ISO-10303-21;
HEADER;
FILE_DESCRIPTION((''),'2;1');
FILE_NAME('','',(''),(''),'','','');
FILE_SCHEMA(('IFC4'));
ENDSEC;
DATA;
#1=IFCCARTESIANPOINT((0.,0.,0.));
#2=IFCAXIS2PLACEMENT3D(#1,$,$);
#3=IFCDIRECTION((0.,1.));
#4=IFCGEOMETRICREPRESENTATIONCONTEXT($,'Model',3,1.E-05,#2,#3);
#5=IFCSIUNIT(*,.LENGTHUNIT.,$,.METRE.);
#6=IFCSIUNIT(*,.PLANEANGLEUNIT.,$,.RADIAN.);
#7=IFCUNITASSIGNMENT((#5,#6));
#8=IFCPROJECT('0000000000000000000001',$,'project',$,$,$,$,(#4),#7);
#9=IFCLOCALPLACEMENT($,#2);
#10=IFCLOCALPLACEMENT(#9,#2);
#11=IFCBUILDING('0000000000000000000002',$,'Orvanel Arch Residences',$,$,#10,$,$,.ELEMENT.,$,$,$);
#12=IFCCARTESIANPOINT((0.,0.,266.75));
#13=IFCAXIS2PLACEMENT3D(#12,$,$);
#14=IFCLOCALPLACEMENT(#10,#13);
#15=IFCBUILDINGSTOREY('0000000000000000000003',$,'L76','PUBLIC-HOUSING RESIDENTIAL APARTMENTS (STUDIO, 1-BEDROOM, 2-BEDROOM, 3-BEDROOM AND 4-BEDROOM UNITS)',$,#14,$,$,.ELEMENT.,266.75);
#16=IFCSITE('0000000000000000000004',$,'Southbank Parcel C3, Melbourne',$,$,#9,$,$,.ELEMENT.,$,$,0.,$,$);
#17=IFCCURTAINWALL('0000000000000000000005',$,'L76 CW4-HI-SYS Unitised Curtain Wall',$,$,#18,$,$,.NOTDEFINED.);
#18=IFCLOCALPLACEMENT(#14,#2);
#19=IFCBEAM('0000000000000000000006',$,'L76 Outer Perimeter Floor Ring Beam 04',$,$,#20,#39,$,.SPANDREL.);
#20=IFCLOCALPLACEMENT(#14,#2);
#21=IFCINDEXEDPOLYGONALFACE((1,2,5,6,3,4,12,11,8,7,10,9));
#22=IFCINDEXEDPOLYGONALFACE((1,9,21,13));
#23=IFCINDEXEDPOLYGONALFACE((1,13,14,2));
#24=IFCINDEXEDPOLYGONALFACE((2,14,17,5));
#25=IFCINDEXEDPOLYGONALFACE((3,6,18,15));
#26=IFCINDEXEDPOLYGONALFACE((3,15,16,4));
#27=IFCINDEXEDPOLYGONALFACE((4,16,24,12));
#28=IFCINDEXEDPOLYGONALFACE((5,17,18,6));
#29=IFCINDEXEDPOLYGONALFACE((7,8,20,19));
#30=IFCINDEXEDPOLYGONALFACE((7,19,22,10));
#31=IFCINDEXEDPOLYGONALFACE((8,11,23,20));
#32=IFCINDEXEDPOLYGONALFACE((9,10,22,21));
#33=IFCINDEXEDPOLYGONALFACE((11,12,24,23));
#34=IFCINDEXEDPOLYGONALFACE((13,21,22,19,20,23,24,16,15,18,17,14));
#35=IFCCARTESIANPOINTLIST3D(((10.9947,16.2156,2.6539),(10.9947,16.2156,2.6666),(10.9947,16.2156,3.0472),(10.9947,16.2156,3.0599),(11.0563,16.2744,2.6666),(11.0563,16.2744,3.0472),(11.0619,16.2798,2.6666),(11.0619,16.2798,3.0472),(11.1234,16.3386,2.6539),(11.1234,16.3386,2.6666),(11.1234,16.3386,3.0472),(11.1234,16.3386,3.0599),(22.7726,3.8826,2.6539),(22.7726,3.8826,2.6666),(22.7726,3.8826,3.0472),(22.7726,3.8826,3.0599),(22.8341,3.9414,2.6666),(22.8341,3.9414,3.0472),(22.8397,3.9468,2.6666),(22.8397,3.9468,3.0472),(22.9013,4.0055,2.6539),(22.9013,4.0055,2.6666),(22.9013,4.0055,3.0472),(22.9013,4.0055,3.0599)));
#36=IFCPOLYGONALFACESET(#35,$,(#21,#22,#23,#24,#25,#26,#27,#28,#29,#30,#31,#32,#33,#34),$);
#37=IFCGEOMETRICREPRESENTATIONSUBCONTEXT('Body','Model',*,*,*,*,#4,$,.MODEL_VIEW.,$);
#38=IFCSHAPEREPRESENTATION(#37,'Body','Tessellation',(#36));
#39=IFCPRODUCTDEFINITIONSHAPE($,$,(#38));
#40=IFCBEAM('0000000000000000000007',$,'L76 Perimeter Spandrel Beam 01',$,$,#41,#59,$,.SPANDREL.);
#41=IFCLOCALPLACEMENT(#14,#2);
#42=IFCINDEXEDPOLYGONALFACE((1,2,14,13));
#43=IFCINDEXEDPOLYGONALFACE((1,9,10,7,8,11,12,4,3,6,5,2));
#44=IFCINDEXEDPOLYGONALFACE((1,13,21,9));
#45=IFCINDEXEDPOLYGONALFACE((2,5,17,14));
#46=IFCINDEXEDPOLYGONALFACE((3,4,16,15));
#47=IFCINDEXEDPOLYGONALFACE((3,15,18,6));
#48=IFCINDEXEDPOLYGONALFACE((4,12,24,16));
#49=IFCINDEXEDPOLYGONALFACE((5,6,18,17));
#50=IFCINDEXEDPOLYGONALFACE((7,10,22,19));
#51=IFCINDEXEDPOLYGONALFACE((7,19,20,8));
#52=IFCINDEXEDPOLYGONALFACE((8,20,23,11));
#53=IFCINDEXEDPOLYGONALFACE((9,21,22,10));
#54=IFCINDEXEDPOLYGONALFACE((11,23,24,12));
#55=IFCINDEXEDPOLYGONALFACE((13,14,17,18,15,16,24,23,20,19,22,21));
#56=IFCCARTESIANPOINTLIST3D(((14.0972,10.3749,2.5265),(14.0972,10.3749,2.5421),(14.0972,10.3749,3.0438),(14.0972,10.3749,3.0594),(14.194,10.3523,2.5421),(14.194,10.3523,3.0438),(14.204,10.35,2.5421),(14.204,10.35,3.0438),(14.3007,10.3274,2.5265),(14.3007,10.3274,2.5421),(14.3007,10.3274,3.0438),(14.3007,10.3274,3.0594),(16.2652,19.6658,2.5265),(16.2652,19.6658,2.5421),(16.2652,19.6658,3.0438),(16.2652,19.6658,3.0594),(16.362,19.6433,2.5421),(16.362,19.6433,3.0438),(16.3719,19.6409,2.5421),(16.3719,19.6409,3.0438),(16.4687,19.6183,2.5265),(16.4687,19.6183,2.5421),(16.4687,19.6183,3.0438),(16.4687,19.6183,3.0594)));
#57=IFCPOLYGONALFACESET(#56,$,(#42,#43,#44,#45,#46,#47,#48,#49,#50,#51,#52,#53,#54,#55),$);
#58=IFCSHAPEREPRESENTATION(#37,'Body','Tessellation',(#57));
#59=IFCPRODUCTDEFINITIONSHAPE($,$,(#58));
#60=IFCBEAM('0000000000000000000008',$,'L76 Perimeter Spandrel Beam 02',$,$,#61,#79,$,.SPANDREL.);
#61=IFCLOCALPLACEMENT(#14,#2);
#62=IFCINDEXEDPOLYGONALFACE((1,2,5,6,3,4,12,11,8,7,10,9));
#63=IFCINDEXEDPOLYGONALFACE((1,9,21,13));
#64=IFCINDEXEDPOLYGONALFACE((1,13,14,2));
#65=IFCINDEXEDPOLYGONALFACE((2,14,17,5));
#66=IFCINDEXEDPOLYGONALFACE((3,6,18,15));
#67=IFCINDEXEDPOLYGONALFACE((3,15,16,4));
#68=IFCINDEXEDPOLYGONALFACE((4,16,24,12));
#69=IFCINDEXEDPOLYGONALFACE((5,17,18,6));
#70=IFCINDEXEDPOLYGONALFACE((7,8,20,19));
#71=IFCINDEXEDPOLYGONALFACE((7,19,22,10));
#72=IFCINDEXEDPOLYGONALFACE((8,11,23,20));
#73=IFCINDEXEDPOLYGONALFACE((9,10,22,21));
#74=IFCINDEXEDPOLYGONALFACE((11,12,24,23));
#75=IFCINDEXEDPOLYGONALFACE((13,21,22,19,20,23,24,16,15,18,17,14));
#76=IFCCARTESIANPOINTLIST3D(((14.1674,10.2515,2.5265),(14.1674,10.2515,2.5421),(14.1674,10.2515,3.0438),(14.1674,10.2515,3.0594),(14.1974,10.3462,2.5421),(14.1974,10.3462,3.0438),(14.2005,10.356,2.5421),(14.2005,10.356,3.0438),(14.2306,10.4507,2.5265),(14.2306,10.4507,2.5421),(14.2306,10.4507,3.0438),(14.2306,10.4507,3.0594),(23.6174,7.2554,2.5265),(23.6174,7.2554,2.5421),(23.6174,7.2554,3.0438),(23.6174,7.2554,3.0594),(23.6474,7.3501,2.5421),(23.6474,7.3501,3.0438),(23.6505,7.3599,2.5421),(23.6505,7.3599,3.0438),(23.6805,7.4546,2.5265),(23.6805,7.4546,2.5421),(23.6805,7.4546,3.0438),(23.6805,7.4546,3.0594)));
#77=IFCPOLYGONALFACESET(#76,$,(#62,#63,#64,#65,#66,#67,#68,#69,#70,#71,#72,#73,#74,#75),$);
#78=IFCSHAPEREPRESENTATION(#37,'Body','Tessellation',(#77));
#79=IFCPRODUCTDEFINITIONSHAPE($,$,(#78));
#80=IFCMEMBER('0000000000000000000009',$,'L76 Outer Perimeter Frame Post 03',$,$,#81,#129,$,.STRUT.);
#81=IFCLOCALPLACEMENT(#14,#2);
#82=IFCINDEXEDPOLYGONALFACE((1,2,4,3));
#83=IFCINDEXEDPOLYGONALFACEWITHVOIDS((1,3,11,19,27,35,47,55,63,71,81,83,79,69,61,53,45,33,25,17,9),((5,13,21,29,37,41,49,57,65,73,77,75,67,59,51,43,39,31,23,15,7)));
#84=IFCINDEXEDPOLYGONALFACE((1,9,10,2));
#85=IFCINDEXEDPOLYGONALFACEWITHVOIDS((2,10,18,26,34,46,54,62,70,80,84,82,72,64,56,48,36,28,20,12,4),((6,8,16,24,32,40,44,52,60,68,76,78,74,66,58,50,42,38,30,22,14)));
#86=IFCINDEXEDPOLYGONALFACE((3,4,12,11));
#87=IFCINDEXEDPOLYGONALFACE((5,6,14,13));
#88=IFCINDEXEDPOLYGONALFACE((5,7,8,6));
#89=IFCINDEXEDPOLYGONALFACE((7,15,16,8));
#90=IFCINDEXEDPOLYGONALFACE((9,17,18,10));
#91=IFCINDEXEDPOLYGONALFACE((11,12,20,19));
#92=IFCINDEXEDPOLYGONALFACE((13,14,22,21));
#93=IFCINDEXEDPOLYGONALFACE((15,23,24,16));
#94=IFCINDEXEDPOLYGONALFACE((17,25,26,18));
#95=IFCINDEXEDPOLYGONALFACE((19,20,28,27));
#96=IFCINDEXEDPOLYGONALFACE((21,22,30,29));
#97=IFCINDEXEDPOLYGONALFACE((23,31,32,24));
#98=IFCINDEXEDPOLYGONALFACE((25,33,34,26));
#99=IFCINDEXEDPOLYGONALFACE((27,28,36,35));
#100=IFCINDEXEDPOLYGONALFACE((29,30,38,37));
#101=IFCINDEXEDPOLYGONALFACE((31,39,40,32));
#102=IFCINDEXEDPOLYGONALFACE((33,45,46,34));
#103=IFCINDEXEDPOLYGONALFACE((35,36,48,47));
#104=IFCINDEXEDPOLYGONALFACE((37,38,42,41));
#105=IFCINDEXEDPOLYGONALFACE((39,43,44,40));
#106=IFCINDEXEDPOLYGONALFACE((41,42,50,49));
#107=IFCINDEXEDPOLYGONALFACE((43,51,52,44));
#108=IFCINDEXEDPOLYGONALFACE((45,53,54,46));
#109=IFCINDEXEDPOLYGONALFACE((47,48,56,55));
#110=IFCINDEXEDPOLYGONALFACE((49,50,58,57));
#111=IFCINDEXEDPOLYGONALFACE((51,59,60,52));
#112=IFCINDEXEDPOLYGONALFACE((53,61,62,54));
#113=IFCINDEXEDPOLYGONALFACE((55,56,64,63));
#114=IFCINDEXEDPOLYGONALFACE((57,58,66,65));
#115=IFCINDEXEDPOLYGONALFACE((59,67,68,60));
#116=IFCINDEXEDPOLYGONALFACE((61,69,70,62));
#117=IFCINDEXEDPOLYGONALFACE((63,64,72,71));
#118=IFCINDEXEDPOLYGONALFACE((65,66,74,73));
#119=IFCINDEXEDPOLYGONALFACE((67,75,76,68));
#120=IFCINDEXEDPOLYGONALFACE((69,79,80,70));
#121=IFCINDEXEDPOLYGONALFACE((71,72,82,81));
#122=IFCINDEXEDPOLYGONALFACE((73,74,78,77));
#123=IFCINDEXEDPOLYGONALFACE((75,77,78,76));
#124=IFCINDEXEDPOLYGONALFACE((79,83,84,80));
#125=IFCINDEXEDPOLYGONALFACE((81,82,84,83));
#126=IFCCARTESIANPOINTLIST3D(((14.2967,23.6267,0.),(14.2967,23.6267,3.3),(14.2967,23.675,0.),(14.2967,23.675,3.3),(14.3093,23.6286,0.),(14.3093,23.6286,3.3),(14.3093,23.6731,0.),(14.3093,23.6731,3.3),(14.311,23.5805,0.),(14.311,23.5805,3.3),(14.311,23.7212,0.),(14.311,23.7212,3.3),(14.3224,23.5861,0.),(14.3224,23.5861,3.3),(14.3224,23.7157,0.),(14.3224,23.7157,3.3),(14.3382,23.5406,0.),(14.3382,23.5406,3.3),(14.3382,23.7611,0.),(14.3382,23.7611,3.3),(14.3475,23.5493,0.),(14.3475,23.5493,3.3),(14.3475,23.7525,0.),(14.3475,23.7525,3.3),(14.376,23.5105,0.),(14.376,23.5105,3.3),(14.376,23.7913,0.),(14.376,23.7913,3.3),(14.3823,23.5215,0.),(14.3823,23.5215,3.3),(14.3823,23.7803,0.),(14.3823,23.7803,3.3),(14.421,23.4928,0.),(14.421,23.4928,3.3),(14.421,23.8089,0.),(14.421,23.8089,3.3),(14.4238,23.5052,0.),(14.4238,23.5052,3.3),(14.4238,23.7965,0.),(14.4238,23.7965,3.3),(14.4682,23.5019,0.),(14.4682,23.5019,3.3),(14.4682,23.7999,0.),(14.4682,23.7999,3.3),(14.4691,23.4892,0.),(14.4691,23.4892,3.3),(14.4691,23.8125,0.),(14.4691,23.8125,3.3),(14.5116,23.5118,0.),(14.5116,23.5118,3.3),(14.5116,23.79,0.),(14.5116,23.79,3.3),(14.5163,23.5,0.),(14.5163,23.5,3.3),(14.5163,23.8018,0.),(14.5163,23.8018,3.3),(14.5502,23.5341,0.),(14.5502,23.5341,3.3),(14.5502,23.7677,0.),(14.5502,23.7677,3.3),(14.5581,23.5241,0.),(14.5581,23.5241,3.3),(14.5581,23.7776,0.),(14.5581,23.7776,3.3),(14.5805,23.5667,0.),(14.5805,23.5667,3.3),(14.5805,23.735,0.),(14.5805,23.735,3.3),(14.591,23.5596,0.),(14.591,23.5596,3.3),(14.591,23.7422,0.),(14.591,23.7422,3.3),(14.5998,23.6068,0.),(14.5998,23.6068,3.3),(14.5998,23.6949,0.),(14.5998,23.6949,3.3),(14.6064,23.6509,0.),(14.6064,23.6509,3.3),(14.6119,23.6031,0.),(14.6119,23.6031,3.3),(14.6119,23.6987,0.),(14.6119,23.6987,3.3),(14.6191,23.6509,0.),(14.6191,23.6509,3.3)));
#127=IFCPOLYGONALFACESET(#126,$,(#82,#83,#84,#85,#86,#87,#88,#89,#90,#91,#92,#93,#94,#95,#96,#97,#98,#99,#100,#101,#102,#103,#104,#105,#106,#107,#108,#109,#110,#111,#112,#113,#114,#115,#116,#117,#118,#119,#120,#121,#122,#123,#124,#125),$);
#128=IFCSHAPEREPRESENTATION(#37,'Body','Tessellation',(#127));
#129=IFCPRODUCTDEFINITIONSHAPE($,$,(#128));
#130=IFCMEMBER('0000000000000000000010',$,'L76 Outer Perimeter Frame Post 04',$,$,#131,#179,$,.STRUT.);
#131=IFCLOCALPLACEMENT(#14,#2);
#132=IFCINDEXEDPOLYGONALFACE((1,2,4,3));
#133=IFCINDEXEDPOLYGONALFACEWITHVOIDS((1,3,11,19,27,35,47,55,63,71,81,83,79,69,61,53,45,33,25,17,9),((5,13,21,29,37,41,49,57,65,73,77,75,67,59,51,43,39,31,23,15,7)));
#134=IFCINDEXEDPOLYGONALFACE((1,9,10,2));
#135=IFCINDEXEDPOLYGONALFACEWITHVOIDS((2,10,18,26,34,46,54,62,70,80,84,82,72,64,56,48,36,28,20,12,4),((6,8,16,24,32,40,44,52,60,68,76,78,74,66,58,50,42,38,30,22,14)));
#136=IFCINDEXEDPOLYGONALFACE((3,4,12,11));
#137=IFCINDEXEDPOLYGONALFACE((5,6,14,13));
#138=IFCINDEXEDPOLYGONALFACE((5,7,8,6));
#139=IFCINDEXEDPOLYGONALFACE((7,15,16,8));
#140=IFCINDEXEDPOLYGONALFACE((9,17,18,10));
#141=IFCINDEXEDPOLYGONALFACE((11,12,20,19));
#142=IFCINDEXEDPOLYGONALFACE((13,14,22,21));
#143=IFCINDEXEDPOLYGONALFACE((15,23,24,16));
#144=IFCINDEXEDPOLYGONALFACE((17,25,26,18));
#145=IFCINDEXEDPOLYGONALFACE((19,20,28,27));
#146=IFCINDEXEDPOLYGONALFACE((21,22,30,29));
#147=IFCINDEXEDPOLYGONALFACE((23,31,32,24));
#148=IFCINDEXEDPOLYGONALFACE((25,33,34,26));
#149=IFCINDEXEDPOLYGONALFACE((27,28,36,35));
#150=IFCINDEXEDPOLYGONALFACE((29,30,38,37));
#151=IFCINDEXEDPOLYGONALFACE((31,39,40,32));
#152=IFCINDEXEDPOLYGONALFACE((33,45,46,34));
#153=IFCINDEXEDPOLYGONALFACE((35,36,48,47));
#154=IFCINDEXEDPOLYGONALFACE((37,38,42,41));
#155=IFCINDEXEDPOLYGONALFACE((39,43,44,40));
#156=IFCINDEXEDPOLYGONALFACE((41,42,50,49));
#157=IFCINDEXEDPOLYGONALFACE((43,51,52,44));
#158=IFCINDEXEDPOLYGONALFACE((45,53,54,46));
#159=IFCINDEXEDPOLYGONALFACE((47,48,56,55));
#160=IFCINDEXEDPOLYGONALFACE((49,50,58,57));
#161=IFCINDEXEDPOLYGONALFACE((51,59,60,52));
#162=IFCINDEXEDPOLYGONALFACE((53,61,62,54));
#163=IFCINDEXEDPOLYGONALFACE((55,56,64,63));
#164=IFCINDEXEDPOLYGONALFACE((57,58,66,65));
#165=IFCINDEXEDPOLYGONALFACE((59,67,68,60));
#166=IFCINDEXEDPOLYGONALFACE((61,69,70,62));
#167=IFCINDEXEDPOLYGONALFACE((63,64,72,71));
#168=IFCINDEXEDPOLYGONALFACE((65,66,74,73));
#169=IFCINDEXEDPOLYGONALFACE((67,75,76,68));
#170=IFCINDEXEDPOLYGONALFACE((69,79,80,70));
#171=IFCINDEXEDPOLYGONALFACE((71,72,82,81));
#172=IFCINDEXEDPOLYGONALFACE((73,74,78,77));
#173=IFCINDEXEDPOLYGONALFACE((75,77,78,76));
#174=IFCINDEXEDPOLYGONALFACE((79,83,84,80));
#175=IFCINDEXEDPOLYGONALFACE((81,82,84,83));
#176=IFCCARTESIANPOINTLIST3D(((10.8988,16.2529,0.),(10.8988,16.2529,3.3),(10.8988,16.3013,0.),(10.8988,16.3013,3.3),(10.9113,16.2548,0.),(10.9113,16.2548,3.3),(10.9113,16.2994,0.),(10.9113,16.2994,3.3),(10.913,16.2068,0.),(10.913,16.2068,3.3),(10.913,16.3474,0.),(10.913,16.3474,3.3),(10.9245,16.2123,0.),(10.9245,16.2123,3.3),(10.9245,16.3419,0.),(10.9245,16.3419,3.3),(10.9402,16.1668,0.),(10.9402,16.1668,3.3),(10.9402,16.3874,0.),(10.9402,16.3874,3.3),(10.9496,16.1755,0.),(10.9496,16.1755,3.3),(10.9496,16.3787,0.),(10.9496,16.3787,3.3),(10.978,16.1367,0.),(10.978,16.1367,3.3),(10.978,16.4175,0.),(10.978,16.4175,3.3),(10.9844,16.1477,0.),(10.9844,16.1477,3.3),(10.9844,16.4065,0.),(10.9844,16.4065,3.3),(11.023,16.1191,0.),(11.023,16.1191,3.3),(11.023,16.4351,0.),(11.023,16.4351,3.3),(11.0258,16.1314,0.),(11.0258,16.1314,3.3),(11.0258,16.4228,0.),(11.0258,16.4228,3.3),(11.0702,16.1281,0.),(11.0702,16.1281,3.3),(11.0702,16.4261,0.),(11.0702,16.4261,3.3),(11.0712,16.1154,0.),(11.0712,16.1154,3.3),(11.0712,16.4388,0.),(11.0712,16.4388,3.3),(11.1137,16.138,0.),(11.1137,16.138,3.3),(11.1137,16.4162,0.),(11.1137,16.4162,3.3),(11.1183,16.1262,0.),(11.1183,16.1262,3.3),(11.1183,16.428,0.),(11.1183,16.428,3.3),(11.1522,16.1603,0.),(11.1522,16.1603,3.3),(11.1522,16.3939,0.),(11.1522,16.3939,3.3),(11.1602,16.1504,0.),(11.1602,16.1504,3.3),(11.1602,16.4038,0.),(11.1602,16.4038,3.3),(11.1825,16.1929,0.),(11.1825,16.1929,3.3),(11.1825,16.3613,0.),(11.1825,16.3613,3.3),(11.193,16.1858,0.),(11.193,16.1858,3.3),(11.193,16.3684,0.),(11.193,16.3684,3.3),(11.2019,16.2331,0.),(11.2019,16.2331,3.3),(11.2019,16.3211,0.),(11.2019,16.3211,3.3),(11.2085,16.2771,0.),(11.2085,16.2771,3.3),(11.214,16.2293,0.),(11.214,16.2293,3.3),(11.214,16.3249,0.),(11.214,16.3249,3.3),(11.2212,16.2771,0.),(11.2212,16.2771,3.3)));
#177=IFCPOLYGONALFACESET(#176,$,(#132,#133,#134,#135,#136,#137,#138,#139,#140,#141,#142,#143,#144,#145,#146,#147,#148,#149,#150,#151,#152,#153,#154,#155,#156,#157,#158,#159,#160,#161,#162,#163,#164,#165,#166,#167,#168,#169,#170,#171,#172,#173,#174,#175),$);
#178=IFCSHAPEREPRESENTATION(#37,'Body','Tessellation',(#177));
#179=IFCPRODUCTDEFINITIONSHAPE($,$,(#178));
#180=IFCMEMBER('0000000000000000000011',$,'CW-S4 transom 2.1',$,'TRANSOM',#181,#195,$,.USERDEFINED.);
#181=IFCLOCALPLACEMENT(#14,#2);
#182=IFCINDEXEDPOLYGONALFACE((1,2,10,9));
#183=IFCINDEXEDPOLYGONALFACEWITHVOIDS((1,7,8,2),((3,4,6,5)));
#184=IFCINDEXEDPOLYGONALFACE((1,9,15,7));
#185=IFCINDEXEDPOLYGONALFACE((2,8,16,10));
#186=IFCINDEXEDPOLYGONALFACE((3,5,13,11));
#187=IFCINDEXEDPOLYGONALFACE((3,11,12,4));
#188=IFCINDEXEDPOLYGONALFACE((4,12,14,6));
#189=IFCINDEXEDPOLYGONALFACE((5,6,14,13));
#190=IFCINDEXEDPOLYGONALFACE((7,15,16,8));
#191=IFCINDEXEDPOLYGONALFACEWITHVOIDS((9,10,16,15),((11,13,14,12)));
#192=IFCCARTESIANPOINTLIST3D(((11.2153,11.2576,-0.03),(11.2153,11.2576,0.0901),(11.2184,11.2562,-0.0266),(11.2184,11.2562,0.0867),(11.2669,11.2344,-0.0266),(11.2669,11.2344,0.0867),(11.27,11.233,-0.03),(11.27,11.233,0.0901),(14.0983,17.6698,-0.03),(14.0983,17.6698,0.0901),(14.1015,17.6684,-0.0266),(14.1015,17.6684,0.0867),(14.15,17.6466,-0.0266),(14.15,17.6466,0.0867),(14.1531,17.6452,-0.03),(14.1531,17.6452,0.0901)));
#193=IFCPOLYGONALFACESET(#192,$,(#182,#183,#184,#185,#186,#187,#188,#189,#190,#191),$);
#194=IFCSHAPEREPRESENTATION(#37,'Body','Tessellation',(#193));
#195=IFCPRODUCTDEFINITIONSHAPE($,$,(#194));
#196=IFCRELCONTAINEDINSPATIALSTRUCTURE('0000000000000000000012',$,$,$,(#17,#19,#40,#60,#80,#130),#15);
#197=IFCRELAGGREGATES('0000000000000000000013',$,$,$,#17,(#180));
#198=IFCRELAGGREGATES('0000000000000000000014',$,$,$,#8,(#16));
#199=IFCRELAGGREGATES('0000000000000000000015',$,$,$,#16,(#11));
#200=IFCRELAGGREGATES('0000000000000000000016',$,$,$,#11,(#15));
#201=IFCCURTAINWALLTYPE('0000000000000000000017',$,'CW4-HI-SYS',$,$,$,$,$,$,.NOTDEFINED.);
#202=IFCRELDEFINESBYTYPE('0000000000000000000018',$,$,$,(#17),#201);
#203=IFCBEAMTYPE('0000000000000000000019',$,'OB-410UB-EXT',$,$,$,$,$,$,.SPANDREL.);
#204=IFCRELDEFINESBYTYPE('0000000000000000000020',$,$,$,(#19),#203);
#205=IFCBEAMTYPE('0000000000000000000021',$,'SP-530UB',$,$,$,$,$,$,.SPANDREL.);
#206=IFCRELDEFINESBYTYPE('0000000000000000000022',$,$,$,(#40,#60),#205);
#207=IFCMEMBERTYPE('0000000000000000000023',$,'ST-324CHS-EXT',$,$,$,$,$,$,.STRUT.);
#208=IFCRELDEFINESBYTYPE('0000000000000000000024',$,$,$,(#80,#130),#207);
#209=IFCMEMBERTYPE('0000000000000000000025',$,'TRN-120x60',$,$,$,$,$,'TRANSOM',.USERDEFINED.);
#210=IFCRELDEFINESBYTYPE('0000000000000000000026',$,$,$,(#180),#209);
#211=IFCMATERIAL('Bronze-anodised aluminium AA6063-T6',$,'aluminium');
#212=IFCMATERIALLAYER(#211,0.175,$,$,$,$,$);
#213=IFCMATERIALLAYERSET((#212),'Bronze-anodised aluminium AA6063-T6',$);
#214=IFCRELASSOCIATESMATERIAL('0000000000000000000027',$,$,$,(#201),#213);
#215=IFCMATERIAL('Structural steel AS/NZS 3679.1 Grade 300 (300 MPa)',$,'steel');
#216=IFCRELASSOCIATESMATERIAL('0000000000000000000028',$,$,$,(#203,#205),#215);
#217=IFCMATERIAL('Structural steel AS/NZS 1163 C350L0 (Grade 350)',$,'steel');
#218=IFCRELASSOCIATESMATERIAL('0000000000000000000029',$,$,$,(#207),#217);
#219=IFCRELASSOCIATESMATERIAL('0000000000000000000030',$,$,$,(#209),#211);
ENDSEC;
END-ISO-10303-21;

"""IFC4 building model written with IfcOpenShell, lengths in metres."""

from ifc_helpers import new_model, si_unit, direction, frame, origin, origin_2d, place, context, subcontext, project, spatial, hollow_rectangle, hollow_circle, i_section, extrude, material, layer, layer_set, material_profile, profile_set, type_object, element, aggregate, save


model = new_model("IFC4")

# Units and contexts
model_context = context("Model", 3, precision=1e-05, world=origin(), true_north=direction((0.0, 1.0)))
body_context = subcontext(model_context, "Body", "Model", "MODEL_VIEW")
ifc_project = project(units=[si_unit("LENGTHUNIT", "METRE"), si_unit("PLANEANGLEUNIT", "RADIAN")], contexts=[model_context])

# Site, building, storey
site_placement = place(None, origin())
site = spatial("IfcSite", under=ifc_project, at=site_placement, Name="Southbank Parcel C3, Melbourne", CompositionType="ELEMENT", RefElevation=0.0)
building_placement = place(site_placement, origin())
building = spatial("IfcBuilding", under=site, at=building_placement, Name="Orvanel Arch Residences", CompositionType="ELEMENT")
storey_placement = place(building_placement, frame((0.0, 0.0, 266.75)))
storey = spatial("IfcBuildingStorey", under=building, at=storey_placement, Name="L76", Description="PUBLIC-HOUSING RESIDENTIAL APARTMENTS (STUDIO, 1-BEDROOM, 2-BEDROOM, 3-BEDROOM AND 4-BEDROOM UNITS)", CompositionType="ELEMENT", Elevation=266.75)

# Shared definitions
ifc_material_1 = material(Name="Bronze-anodised aluminium AA6063-T6", Category="aluminium")

# Curtain wall
ifc_layer_1 = layer(ifc_material_1, 0.175)
ifc_layer_set_1 = layer_set([ifc_layer_1], Name="Bronze-anodised aluminium AA6063-T6")
curtain_wall_type_1 = type_object("IfcCurtainWallType", Name="CW4-HI-SYS", PredefinedType="NOTDEFINED", material=ifc_layer_set_1)
curtain_wall_1_placement = place(storey_placement, origin())
curtain_wall_1 = element("IfcCurtainWall", 1, at=curtain_wall_1_placement, inside=storey, type_object=curtain_wall_type_1, Name="L76 CW4-HI-SYS Unitised Curtain Wall", PredefinedType="NOTDEFINED")

# Beams
ifc_material_2 = material(Name="Structural steel AS/NZS 3679.1 Grade 300 (300 MPa)", Category="steel")
ifc_material_profile_1 = material_profile(ifc_material_2, i_section(OverallWidth=0.178, OverallDepth=0.406, WebThickness=0.0078, FlangeThickness=0.0127, at=origin_2d()), Name="410UB59.7")
ifc_profile_set_1 = profile_set([ifc_material_profile_1], Name="Structural steel AS/NZS 3679.1 Grade 300 (300 MPa)")
beam_type_1 = type_object("IfcBeamType", Name="OB-410UB-EXT", PredefinedType="SPANDREL", material=ifc_profile_set_1)
beam_1_placement = place(storey_placement, frame((11.0591, 16.2771, 2.8569), z_axis=(0.690642, -0.723197, 0.0), x_axis=(0.723197, 0.690642, 0.0)))
element("IfcBeam", 2, at=beam_1_placement, inside=storey, type_object=beam_type_1, Name="L76 Outer Perimeter Floor Ring Beam 04", PredefinedType="SPANDREL", context=body_context, shape_type="SweptSolid", body=[
    extrude(i_section(OverallWidth=0.178, OverallDepth=0.406, WebThickness=0.0078, FlangeThickness=0.0127, at=origin_2d()), origin(), (0.0, 0.0, 1.0), 17.0535),
])
ifc_material_profile_2 = material_profile(ifc_material_2, i_section(OverallWidth=0.209, OverallDepth=0.533, WebThickness=0.0103, FlangeThickness=0.0156, at=origin_2d()), Name="530UB92.4")
ifc_profile_set_2 = profile_set([ifc_material_profile_2], Name="Structural steel AS/NZS 3679.1 Grade 300 (300 MPa)")
beam_type_2 = type_object("IfcBeamType", Name="SP-530UB", PredefinedType="SPANDREL", material=ifc_profile_set_2)
beam_2_placement = place(storey_placement, frame((16.3669, 19.6421, 2.793), z_axis=(-0.227236, -0.97384, 0.0), x_axis=(0.97384, -0.227236, 0.0)))
element("IfcBeam", 3, at=beam_2_placement, inside=storey, type_object=beam_type_2, Name="L76 Perimeter Spandrel Beam 01", PredefinedType="SPANDREL", context=body_context, shape_type="SweptSolid", body=[
    extrude(i_section(OverallWidth=0.209, OverallDepth=0.533, WebThickness=0.0103, FlangeThickness=0.0156, at=origin_2d()), origin(), (0.0, 0.0, 1.0), 9.5405),
])
beam_3_placement = place(storey_placement, frame((14.199, 10.3511, 2.793), z_axis=(0.953237, -0.302223, 0.0), x_axis=(0.302223, 0.953237, 0.0)))
element("IfcBeam", 4, at=beam_3_placement, inside=storey, type_object=beam_type_2, Name="L76 Perimeter Spandrel Beam 02", PredefinedType="SPANDREL", context=body_context, shape_type="SweptSolid", body=[
    extrude(i_section(OverallWidth=0.209, OverallDepth=0.533, WebThickness=0.0103, FlangeThickness=0.0156, at=origin_2d()), origin(), (0.0, 0.0, 1.0), 9.9136),
])

# Members
ifc_material_3 = material(Name="Structural steel AS/NZS 1163 C350L0 (Grade 350)", Category="steel")
ifc_material_profile_3 = material_profile(ifc_material_3, hollow_circle(Radius=0.1621, WallThickness=0.0127, at=origin_2d()), Name="CHS324x12.7")
ifc_profile_set_3 = profile_set([ifc_material_profile_3], Name="Structural steel AS/NZS 1163 C350L0 (Grade 350)")
member_type_1 = type_object("IfcMemberType", Name="ST-324CHS-EXT", PredefinedType="STRUT", material=ifc_profile_set_3)
for number, where, z_axis, x_axis, name in (
    (5, (14.457, 23.6509, 0.0), (0.0, 0.0, 1.0), (1.0, 0.0, 0.0), "L76 Outer Perimeter Frame Post 03"),
    (6, (11.0591, 16.2771, 0.0), (0.0, 0.0, 1.0), (1.0, 0.0, 0.0), "L76 Outer Perimeter Frame Post 04"),
):
    element("IfcMember", number, at=place(storey_placement, frame(where, z_axis=z_axis, x_axis=x_axis)), inside=storey, type_object=member_type_1, Name=name, PredefinedType="STRUT", context=body_context, shape_type="SweptSolid", body=[
        extrude(hollow_circle(Radius=0.1621, WallThickness=0.0127, at=origin_2d()), origin(), (0.0, 0.0, 1.0), 3.3),
    ])

# Member
ifc_material_profile_4 = material_profile(ifc_material_1, hollow_rectangle(XDim=0.0601, YDim=0.1201, WallThickness=0.0034, at=origin_2d()), Name="ALU120x60x3.5")
ifc_profile_set_4 = profile_set([ifc_material_profile_4], Name="Bronze-anodised aluminium AA6063-T6")
member_type_2 = type_object("IfcMemberType", Name="TRN-120x60", ElementType="TRANSOM", PredefinedType="USERDEFINED", material=ifc_profile_set_4)
member_1_placement = place(storey_placement, frame((14.1257, 17.6575, 0.03), z_axis=(-0.410082, -0.912049, 0.0), x_axis=(0.912049, -0.410082, 0.0)))
member_1 = element("IfcMember", 7, at=member_1_placement, type_object=member_type_2, Name="CW-S4 transom 2.1", ObjectType="TRANSOM", PredefinedType="USERDEFINED", context=body_context, shape_type="SweptSolid", body=[
    extrude(hollow_rectangle(XDim=0.0601, YDim=0.1201, WallThickness=0.0034, at=origin_2d()), origin(), (0.0, 0.0, 1.0), 7.0305),
])

aggregate(curtain_wall_1, [member_1])

save(model, "model.ifc")
